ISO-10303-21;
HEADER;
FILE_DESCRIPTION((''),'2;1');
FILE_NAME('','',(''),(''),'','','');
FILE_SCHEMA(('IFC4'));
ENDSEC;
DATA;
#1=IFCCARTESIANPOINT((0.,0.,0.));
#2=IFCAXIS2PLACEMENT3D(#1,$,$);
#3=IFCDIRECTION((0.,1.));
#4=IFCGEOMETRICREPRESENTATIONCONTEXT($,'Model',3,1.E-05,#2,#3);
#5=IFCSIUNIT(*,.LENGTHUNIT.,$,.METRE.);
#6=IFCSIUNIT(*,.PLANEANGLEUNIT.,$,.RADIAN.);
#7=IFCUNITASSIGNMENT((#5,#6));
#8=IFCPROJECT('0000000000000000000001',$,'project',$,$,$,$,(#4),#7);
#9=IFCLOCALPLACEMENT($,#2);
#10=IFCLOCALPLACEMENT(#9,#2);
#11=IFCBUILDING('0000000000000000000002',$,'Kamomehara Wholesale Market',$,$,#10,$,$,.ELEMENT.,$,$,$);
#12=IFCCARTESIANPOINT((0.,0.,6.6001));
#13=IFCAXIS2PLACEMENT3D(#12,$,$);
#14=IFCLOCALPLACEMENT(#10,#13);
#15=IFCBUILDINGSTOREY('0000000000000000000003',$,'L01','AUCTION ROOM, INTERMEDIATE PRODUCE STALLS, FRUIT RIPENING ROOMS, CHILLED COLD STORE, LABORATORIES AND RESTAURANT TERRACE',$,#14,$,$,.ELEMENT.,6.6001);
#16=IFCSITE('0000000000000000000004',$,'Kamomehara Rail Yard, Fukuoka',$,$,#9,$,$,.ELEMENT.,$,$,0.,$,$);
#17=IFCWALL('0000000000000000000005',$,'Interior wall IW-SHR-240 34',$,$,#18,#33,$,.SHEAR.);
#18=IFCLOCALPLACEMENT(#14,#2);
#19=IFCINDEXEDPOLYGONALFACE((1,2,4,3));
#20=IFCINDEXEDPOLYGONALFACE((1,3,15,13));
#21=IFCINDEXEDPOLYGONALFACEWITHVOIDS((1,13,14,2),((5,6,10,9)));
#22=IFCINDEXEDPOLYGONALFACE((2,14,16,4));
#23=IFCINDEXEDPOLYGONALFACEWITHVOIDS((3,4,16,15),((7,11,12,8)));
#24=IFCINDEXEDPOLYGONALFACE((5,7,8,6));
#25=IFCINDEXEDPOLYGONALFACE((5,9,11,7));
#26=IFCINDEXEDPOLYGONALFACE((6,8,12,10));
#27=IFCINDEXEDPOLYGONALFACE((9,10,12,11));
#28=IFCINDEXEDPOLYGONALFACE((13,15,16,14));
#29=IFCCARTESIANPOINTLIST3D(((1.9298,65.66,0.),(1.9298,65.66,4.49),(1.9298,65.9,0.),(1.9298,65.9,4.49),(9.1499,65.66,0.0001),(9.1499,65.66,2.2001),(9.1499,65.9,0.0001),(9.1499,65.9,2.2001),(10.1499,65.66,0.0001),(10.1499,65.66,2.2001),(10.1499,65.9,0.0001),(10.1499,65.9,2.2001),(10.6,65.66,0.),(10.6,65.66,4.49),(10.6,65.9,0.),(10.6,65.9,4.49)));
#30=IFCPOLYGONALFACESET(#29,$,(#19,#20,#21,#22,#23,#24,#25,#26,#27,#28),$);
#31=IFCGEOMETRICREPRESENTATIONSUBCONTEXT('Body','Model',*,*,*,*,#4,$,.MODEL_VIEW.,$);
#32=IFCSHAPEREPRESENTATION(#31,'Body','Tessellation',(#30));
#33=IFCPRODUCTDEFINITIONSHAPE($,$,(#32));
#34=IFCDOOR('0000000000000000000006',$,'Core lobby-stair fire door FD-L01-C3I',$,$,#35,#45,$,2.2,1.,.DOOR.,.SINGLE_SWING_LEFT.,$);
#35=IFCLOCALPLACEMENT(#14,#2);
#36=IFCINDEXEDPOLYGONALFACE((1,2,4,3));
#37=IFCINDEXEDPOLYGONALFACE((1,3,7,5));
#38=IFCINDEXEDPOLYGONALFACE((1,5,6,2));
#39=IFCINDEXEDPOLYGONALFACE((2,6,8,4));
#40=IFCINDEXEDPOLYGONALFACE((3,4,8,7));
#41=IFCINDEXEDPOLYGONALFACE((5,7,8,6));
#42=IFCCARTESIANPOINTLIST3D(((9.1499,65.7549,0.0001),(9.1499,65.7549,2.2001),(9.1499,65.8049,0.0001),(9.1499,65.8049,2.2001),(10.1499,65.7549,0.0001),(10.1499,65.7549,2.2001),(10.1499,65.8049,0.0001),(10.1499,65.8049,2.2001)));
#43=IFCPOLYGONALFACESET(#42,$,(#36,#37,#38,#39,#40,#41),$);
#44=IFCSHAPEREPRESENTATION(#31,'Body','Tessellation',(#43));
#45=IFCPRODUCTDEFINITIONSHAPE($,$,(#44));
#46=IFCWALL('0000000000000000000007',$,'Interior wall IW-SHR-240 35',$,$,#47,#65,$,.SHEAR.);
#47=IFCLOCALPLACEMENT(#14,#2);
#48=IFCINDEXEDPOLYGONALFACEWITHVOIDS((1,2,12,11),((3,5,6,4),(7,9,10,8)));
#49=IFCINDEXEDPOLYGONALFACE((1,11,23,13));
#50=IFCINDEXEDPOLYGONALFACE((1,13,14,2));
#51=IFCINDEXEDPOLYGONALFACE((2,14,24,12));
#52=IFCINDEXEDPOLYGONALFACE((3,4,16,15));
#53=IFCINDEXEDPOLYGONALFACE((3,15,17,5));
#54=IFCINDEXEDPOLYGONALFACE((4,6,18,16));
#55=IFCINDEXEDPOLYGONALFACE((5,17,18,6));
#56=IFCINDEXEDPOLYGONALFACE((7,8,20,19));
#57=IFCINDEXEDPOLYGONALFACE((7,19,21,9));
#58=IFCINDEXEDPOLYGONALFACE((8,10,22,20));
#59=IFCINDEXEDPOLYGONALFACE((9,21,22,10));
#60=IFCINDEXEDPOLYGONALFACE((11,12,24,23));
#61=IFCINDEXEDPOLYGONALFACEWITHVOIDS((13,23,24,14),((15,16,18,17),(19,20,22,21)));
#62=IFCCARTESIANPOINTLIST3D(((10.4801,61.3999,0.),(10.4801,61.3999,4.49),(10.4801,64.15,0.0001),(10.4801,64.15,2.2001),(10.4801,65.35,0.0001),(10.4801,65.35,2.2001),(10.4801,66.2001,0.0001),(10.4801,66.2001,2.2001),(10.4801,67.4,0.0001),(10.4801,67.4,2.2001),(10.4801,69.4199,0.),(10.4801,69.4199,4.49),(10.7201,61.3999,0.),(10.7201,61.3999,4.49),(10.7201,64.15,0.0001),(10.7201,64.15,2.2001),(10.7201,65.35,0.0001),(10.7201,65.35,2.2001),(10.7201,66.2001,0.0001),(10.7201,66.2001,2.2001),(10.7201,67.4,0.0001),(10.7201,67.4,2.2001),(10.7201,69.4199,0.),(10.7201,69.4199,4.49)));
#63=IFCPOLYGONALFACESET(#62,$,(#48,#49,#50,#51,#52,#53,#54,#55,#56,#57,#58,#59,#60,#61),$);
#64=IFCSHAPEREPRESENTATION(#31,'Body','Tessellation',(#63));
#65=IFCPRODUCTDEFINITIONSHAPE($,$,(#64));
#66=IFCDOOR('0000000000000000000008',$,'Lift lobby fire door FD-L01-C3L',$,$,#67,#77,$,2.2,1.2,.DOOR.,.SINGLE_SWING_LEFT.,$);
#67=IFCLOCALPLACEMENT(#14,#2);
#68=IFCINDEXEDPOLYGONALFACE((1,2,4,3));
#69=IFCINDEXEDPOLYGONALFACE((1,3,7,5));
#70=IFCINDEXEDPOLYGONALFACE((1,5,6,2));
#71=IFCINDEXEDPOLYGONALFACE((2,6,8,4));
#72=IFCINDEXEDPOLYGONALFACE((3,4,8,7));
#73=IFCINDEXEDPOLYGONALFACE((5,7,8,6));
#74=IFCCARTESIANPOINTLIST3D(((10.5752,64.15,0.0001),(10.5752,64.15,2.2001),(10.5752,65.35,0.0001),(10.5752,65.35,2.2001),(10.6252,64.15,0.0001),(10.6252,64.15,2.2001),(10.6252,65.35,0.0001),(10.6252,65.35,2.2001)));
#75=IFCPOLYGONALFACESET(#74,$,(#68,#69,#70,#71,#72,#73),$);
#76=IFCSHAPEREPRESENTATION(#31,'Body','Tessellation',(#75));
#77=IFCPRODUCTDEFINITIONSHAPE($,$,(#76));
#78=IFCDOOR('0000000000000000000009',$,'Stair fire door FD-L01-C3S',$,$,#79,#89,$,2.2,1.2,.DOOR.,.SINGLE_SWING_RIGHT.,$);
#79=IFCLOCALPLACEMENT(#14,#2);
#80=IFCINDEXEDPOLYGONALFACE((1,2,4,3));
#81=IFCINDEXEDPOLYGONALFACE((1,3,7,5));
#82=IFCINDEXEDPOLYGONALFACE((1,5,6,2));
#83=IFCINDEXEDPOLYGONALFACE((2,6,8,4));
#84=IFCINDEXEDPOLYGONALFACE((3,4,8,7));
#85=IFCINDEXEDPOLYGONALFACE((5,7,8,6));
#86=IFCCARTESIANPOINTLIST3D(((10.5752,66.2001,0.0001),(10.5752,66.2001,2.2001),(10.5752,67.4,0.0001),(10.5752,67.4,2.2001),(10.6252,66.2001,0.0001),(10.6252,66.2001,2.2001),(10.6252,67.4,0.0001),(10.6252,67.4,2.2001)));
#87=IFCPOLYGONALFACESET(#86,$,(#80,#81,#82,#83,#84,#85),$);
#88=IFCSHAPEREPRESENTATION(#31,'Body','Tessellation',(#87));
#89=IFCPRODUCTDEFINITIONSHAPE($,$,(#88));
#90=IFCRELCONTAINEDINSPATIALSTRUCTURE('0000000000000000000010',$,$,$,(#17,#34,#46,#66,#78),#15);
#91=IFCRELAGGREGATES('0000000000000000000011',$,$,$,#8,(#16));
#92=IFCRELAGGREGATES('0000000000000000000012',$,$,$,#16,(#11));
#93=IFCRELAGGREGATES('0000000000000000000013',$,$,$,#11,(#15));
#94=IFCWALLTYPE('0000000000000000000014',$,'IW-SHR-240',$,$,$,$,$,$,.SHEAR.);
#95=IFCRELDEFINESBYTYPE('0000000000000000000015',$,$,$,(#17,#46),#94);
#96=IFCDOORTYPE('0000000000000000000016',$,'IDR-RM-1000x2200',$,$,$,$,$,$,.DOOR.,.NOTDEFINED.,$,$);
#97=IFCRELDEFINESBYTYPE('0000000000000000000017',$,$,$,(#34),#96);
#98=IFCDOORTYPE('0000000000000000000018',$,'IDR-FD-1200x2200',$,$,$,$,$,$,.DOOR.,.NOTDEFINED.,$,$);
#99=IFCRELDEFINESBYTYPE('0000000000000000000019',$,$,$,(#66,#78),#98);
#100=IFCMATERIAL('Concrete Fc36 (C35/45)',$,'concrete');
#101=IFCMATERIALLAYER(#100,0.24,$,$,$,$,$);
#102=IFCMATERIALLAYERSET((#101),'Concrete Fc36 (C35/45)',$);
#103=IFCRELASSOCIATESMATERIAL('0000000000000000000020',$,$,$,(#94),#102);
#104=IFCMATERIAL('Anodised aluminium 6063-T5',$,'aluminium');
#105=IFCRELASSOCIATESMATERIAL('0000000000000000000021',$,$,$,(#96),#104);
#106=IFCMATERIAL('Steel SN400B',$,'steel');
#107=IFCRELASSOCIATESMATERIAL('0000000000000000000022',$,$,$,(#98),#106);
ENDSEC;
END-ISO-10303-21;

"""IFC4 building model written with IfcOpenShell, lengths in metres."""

from ifc_helpers import new_model, si_unit, direction, frame, frame_2d, origin, place, context, subcontext, project, spatial, rectangle, extrude, material, layer, layer_set, type_object, element, fill, save


model = new_model("IFC4")

# Units and contexts
model_context = context("Model", 3, precision=1e-05, world=origin(), true_north=direction((0.0, 1.0)))
body_context = subcontext(model_context, "Body", "Model", "MODEL_VIEW")
ifc_project = project(units=[si_unit("LENGTHUNIT", "METRE"), si_unit("PLANEANGLEUNIT", "RADIAN")], contexts=[model_context])

# Site, building, storey
site_placement = place(None, origin())
site = spatial("IfcSite", under=ifc_project, at=site_placement, Name="Kamomehara Rail Yard, Fukuoka", CompositionType="ELEMENT", RefElevation=0.0)
building_placement = place(site_placement, origin())
building = spatial("IfcBuilding", under=site, at=building_placement, Name="Kamomehara Wholesale Market", CompositionType="ELEMENT")
storey_placement = place(building_placement, frame((0.0, 0.0, 6.6001)))
storey = spatial("IfcBuildingStorey", under=building, at=storey_placement, Name="L01", Description="AUCTION ROOM, INTERMEDIATE PRODUCE STALLS, FRUIT RIPENING ROOMS, CHILLED COLD STORE, LABORATORIES AND RESTAURANT TERRACE", CompositionType="ELEMENT", Elevation=6.6001)

# Shared definitions
ifc_material_1 = material(Name="Concrete Fc36 (C35/45)", Category="concrete")
ifc_layer_1 = layer(ifc_material_1, 0.24)
ifc_layer_set_1 = layer_set([ifc_layer_1], Name="Concrete Fc36 (C35/45)")
wall_type_1 = type_object("IfcWallType", Name="IW-SHR-240", PredefinedType="SHEAR", material=ifc_layer_set_1)

# Wall, opening, door
wall_1_placement = place(storey_placement, frame((1.9299, 65.78, 0.0), z_axis=(0.0, 0.0, 1.0), x_axis=(1.0, 0.0, 0.0)))
wall_1 = element("IfcWall", 1, at=wall_1_placement, inside=storey, type_object=wall_type_1, Name="Interior wall IW-SHR-240 34", PredefinedType="SHEAR", context=body_context, shape_type="SweptSolid", body=[
    extrude(rectangle(XDim=8.6702, YDim=0.24, at=frame_2d((4.335, 0.0))), origin(), (0.0, 0.0, 1.0), 4.49),
])
opening_1_placement = place(wall_1_placement, frame((7.22, 0.0, 0.0)))
opening_1 = element("IfcOpeningElement", 2, at=opening_1_placement, cuts=wall_1, PredefinedType="OPENING", context=body_context, shape_type="SweptSolid", body=[
    extrude(rectangle(XDim=1.0, YDim=2.2, at=frame_2d((0.5, 1.1001))), frame((0.0, 0.1348, 0.0), z_axis=(0.0, -1.0, 0.0), x_axis=(1.0, 0.0, 0.0)), (0.0, 0.0, 1.0), 0.2698),
])
ifc_material_2 = material(Name="Anodised aluminium 6063-T5", Category="aluminium")
door_type_1 = type_object("IfcDoorType", Name="IDR-RM-1000x2200", OperationType="NOTDEFINED", PredefinedType="DOOR", material=ifc_material_2)
door_1_placement = place(opening_1_placement, origin())
door_1 = element("IfcDoor", 3, at=door_1_placement, inside=storey, type_object=door_type_1, Name="Core lobby-stair fire door FD-L01-C3I", OperationType="SINGLE_SWING_LEFT", OverallHeight=2.2, OverallWidth=1.0, PredefinedType="DOOR", context=body_context, shape_type="SweptSolid", body=[
    extrude(rectangle(XDim=1.0, YDim=2.2, at=frame_2d((0.5, 1.1001))), frame((0.0, 0.0249, 0.0), z_axis=(0.0, -1.0, 0.0), x_axis=(1.0, 0.0, 0.0)), (0.0, 0.0, 1.0), 0.05),
])
fill(opening_1, door_1)

# Wall, openings, doors
wall_2_placement = place(storey_placement, frame((10.6001, 61.3999, 0.0), z_axis=(0.0, 0.0, 1.0), x_axis=(0.0, 1.0, 0.0)))
wall_2 = element("IfcWall", 4, at=wall_2_placement, inside=storey, type_object=wall_type_1, Name="Interior wall IW-SHR-240 35", PredefinedType="SHEAR", context=body_context, shape_type="SweptSolid", body=[
    extrude(rectangle(XDim=8.02, YDim=0.24, at=frame_2d((4.01, 0.0))), origin(), (0.0, 0.0, 1.0), 4.49),
])
opening_2_placement = place(wall_2_placement, frame((2.75, 0.0, 0.0)))
opening_2 = element("IfcOpeningElement", 5, at=opening_2_placement, cuts=wall_2, PredefinedType="OPENING", context=body_context, shape_type="SweptSolid", body=[
    extrude(rectangle(XDim=1.2, YDim=2.2, at=frame_2d((0.6001, 1.1001))), frame((0.0, 0.1348, 0.0), z_axis=(0.0, -1.0, 0.0), x_axis=(1.0, 0.0, 0.0)), (0.0, 0.0, 1.0), 0.2698),
])
opening_3_placement = place(wall_2_placement, frame((4.8, 0.0, 0.0)))
opening_3 = element("IfcOpeningElement", 6, at=opening_3_placement, cuts=wall_2, PredefinedType="OPENING", context=body_context, shape_type="SweptSolid", body=[
    extrude(rectangle(XDim=1.2, YDim=2.2, at=frame_2d((0.6001, 1.1001))), frame((0.0, 0.1348, 0.0), z_axis=(0.0, -1.0, 0.0), x_axis=(1.0, 0.0, 0.0)), (0.0, 0.0, 1.0), 0.2698),
])
ifc_material_3 = material(Name="Steel SN400B", Category="steel")
door_type_2 = type_object("IfcDoorType", Name="IDR-FD-1200x2200", OperationType="NOTDEFINED", PredefinedType="DOOR", material=ifc_material_3)
door_2_placement = place(opening_2_placement, origin())
door_2 = element("IfcDoor", 7, at=door_2_placement, inside=storey, type_object=door_type_2, Name="Lift lobby fire door FD-L01-C3L", OperationType="SINGLE_SWING_LEFT", OverallHeight=2.2, OverallWidth=1.2, PredefinedType="DOOR", context=body_context, shape_type="SweptSolid", body=[
    extrude(rectangle(XDim=1.2, YDim=2.2, at=frame_2d((0.6001, 1.1001))), frame((0.0, 0.0249, 0.0), z_axis=(0.0, -1.0, 0.0), x_axis=(1.0, 0.0, 0.0)), (0.0, 0.0, 1.0), 0.05),
])
fill(opening_2, door_2)
door_3_placement = place(opening_3_placement, origin())
door_3 = element("IfcDoor", 8, at=door_3_placement, inside=storey, type_object=door_type_2, Name="Stair fire door FD-L01-C3S", OperationType="SINGLE_SWING_RIGHT", OverallHeight=2.2, OverallWidth=1.2, PredefinedType="DOOR", context=body_context, shape_type="SweptSolid", body=[
    extrude(rectangle(XDim=1.2, YDim=2.2, at=frame_2d((0.6001, 1.1001))), frame((0.0, 0.0249, 0.0), z_axis=(0.0, -1.0, 0.0), x_axis=(1.0, 0.0, 0.0)), (0.0, 0.0, 1.0), 0.05),
])
fill(opening_3, door_3)

save(model, "model.ifc")
